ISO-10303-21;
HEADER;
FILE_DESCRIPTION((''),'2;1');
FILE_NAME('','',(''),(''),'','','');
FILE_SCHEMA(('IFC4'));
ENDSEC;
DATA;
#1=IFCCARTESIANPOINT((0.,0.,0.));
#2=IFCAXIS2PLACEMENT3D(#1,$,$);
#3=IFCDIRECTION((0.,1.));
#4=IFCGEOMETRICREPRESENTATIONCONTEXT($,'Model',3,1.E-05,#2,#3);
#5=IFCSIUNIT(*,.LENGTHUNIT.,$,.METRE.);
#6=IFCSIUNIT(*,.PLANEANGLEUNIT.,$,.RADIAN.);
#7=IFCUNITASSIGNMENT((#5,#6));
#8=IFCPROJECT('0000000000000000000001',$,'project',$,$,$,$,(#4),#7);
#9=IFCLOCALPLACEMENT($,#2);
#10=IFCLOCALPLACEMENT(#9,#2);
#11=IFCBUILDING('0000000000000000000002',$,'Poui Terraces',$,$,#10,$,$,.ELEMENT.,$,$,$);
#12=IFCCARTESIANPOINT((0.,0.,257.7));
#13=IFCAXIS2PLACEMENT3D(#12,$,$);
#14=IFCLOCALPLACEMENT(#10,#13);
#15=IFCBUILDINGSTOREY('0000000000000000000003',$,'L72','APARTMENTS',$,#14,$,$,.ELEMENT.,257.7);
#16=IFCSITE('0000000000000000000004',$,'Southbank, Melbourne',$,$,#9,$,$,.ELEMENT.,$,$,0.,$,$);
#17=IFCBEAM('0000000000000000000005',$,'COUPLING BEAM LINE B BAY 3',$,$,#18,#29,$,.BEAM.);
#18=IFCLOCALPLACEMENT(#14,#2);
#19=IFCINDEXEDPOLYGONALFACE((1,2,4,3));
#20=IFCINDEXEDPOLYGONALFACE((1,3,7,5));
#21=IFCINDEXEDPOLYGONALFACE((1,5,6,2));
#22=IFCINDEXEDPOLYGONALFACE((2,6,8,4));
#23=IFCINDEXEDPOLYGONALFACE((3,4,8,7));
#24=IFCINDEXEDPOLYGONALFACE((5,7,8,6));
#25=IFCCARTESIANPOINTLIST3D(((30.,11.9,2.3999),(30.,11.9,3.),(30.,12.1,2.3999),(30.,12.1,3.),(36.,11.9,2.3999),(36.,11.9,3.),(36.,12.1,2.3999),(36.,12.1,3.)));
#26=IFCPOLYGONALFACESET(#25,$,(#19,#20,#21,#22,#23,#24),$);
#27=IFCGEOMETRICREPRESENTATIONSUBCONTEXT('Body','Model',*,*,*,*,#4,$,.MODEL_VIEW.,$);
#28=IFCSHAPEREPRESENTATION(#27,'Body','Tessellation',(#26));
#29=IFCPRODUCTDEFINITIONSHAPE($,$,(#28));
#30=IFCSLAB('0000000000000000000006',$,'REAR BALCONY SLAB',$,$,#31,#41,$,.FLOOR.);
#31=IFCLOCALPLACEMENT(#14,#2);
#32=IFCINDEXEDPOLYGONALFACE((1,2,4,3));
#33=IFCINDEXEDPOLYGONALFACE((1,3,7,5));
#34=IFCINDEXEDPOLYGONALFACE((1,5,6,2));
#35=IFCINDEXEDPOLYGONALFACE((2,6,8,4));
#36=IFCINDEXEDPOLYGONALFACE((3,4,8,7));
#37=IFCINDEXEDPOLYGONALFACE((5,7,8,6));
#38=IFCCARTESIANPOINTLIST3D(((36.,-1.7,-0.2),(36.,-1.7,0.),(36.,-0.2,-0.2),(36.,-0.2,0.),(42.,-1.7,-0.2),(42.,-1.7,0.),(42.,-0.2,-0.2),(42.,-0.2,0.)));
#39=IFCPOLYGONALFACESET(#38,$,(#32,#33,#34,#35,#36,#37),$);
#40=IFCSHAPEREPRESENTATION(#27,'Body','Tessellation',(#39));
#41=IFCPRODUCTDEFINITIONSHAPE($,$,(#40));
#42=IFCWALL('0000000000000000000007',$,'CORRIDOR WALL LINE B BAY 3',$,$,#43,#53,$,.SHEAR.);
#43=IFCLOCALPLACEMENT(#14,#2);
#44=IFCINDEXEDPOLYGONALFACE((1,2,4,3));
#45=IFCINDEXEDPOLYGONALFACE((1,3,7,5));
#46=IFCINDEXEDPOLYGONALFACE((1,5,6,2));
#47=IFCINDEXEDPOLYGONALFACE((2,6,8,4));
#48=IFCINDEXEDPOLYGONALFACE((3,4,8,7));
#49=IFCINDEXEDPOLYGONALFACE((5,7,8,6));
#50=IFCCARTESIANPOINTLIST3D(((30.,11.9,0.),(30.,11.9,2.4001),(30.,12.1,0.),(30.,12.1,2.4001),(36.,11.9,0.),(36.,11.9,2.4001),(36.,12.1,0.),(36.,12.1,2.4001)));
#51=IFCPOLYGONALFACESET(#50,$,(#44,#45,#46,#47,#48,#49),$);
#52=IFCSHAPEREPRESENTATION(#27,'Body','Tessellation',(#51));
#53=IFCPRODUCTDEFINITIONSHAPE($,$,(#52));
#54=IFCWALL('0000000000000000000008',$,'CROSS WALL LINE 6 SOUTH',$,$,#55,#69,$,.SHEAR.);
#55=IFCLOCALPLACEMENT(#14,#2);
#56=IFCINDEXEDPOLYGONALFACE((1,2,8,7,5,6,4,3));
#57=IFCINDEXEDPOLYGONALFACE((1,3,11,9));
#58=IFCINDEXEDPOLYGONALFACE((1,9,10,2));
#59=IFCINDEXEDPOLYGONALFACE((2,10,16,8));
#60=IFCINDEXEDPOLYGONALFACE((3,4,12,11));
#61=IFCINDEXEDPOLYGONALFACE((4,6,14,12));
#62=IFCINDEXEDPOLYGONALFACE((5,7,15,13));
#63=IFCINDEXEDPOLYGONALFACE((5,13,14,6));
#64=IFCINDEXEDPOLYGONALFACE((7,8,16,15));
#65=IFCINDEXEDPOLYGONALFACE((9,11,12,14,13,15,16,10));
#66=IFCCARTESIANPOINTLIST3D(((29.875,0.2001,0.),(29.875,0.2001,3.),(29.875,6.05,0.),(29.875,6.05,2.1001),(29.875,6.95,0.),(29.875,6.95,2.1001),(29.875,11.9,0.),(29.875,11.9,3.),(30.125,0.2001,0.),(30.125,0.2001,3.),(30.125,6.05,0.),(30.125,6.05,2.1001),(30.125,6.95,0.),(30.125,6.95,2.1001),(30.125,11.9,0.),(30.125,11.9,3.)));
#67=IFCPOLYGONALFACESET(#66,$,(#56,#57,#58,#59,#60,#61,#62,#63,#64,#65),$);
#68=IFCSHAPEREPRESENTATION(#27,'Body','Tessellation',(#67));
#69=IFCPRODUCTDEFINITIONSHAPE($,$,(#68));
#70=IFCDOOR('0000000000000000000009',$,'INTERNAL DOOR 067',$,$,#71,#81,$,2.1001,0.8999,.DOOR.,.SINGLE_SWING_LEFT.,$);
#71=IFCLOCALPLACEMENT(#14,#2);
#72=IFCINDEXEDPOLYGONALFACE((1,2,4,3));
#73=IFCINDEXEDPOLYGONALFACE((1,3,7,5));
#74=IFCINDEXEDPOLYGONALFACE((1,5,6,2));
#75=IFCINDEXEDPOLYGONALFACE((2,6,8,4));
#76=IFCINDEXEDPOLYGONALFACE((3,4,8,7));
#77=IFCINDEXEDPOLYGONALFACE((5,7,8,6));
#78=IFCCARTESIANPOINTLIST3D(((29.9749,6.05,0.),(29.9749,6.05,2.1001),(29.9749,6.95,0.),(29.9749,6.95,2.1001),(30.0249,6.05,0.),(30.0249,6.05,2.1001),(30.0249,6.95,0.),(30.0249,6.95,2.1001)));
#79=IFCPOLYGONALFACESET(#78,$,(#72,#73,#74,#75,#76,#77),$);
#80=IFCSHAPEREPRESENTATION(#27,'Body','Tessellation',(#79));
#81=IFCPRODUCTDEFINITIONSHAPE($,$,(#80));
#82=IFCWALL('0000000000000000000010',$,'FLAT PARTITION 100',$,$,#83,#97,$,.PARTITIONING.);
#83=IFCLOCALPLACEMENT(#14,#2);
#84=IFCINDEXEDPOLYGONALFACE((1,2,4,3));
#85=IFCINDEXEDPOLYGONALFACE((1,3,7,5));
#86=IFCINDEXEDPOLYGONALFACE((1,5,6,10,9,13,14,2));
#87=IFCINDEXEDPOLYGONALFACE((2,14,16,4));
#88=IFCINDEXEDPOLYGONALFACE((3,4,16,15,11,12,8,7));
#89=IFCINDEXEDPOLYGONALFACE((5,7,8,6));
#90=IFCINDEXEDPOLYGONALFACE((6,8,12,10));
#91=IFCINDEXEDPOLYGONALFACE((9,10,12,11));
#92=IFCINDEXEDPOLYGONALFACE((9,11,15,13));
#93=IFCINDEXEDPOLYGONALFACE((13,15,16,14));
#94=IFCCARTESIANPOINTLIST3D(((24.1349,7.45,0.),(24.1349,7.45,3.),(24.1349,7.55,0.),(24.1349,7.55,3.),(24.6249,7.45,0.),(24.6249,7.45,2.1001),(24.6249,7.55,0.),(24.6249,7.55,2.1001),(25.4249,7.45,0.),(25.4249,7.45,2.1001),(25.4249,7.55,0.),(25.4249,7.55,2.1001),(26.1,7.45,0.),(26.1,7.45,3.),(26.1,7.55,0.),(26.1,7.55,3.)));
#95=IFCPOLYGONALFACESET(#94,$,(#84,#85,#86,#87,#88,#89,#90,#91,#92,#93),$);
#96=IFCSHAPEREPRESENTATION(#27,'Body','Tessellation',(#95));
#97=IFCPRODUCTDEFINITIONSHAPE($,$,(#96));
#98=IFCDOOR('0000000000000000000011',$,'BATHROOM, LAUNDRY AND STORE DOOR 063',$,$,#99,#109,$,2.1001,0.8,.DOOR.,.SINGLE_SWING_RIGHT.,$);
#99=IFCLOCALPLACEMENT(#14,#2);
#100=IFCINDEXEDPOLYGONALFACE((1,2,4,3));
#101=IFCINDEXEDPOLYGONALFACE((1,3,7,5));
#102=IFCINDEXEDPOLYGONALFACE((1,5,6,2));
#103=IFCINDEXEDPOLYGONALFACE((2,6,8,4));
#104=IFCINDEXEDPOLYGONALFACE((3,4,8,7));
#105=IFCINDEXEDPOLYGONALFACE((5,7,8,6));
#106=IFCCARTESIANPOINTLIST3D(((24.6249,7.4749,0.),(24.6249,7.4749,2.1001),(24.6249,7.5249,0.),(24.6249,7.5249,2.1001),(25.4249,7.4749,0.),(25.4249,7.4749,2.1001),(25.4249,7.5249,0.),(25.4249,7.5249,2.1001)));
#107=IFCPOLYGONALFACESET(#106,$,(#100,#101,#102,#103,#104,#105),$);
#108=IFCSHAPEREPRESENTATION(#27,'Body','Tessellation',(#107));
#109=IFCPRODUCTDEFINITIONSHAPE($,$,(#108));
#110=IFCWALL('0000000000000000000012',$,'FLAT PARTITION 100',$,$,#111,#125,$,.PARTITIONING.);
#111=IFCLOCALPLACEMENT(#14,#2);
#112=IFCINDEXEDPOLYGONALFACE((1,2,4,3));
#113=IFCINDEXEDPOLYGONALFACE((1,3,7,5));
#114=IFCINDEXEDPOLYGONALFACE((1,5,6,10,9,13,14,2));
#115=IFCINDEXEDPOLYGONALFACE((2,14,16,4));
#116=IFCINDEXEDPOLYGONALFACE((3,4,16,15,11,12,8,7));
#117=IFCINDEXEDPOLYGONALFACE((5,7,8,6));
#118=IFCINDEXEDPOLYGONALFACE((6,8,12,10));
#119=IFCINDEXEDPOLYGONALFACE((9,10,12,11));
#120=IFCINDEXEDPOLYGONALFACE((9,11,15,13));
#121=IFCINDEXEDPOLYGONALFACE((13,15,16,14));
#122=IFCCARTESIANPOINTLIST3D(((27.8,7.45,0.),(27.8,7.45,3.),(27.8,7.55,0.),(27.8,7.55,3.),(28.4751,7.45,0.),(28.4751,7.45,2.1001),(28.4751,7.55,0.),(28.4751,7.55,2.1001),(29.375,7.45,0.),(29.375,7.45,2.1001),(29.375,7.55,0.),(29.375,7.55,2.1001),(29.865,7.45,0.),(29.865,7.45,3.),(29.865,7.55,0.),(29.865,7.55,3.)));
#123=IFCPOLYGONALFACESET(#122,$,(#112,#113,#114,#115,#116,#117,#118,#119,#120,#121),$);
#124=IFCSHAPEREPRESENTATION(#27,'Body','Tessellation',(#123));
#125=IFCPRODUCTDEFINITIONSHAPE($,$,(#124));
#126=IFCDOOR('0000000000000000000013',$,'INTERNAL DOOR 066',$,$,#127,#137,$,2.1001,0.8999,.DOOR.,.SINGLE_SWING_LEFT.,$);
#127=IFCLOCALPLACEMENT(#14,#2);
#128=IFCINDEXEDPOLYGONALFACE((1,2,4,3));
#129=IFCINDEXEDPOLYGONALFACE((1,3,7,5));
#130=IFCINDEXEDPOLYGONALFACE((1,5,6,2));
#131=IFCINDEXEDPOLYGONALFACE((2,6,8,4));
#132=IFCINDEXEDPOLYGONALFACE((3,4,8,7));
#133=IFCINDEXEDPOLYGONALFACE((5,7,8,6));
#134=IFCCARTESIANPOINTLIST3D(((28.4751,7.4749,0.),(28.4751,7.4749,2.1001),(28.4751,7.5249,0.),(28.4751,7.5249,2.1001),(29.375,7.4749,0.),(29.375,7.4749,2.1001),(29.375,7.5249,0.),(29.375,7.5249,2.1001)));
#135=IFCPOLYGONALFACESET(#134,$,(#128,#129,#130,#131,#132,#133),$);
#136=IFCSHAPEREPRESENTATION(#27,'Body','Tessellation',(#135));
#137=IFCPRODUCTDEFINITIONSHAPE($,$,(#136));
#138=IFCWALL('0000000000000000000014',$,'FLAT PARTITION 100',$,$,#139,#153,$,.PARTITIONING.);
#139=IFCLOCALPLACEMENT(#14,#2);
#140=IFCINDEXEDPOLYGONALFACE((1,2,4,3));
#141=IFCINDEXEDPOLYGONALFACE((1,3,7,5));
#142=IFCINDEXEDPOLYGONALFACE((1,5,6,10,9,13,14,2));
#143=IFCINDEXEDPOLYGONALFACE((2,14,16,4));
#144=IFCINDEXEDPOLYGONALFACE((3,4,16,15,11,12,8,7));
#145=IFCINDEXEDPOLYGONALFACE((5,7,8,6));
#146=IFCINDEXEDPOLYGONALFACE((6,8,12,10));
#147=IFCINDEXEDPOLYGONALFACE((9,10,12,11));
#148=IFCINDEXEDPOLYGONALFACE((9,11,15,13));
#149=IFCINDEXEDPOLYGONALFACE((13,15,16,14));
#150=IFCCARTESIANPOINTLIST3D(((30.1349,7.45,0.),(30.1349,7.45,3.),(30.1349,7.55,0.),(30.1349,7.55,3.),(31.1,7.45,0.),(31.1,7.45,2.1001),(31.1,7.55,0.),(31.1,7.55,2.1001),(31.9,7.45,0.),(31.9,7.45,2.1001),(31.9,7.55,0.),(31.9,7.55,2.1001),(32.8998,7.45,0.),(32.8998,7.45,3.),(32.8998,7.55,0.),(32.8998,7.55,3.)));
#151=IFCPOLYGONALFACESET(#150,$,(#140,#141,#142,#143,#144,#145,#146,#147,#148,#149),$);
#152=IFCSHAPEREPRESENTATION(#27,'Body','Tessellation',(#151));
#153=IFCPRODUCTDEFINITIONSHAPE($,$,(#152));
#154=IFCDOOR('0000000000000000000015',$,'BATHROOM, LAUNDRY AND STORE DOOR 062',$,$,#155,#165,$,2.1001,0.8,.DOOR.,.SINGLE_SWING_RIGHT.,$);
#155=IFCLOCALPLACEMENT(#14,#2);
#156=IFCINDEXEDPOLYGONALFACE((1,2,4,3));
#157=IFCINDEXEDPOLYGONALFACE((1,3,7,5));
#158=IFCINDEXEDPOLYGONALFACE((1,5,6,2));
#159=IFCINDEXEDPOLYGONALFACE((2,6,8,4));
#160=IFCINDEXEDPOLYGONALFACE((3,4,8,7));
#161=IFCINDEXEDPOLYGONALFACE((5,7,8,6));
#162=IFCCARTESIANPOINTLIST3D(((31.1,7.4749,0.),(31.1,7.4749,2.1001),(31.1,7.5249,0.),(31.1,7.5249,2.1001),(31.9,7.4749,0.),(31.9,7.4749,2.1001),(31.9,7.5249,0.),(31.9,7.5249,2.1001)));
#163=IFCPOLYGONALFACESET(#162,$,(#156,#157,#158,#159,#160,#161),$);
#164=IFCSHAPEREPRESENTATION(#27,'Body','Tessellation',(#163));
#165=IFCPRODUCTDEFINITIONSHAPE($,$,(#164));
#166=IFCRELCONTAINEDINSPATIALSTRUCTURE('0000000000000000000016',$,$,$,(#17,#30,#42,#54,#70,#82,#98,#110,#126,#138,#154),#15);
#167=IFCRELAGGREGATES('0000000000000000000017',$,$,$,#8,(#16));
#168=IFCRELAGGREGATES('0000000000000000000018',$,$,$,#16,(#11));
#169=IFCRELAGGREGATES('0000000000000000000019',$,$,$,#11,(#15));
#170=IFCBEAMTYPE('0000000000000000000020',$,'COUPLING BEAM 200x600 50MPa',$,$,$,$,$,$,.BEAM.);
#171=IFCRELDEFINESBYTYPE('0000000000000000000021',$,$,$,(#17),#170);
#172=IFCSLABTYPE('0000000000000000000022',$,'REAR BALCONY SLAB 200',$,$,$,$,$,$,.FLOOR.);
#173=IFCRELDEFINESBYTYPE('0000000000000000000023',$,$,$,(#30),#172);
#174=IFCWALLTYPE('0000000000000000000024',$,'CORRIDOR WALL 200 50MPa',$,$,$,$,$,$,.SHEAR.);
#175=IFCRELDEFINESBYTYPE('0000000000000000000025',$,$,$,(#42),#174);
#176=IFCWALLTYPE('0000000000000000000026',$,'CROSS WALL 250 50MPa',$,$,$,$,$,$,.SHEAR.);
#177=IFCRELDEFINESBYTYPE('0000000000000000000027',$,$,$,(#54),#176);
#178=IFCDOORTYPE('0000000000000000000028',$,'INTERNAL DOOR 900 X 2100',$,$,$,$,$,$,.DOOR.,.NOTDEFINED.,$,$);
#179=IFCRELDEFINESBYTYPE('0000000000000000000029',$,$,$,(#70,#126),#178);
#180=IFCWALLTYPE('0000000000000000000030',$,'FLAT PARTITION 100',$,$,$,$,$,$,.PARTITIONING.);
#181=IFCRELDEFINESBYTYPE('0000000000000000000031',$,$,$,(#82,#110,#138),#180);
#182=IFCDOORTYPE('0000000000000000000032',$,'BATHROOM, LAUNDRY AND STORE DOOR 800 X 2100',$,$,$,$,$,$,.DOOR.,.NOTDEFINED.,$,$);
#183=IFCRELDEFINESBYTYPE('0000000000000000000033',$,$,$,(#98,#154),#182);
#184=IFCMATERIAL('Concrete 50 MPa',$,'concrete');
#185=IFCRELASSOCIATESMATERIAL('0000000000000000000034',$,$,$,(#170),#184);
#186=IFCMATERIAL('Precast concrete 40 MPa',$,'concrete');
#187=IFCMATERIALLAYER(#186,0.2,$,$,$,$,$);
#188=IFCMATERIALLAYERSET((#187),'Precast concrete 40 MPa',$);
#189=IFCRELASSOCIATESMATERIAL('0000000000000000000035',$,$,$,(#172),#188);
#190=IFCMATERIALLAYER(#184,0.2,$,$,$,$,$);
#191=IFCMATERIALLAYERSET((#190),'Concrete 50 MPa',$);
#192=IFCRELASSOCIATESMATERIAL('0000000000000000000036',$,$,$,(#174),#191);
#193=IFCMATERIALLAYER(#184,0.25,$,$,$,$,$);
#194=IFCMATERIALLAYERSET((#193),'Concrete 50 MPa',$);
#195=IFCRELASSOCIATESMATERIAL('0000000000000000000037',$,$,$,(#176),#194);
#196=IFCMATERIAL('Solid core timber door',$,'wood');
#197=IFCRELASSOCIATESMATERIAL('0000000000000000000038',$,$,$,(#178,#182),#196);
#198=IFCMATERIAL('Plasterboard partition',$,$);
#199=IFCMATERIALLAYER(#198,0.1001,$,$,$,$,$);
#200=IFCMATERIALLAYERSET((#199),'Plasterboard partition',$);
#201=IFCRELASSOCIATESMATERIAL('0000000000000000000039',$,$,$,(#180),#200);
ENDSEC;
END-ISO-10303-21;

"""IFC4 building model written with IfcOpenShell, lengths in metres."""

from ifc_helpers import new_model, si_unit, direction, frame, frame_2d, origin, origin_2d, place, context, subcontext, project, spatial, polyline, rectangle, outline, extrude, source, transform, mapped, material, layer, layer_set, material_profile, profile_set, type_object, element, fill, save


model = new_model("IFC4")

# Units and contexts
model_context = context("Model", 3, precision=1e-05, world=origin(), true_north=direction((0.0, 1.0)))
body_context = subcontext(model_context, "Body", "Model", "MODEL_VIEW")
ifc_project = project(units=[si_unit("LENGTHUNIT", "METRE"), si_unit("PLANEANGLEUNIT", "RADIAN")], contexts=[model_context])

# Site, building, storey
site_placement = place(None, origin())
site = spatial("IfcSite", under=ifc_project, at=site_placement, Name="Southbank, Melbourne", CompositionType="ELEMENT", RefElevation=0.0)
building_placement = place(site_placement, origin())
building = spatial("IfcBuilding", under=site, at=building_placement, Name="Poui Terraces", CompositionType="ELEMENT")
storey_placement = place(building_placement, frame((0.0, 0.0, 257.7)))
storey = spatial("IfcBuildingStorey", under=building, at=storey_placement, Name="L72", Description="APARTMENTS", CompositionType="ELEMENT", Elevation=257.7)

# Beam
ifc_material_1 = material(Name="Concrete 50 MPa", Category="concrete")
ifc_material_profile_1 = material_profile(ifc_material_1, rectangle(XDim=0.2, YDim=0.6001, at=origin_2d()), Name="RC 200x600")
ifc_profile_set_1 = profile_set([ifc_material_profile_1], Name="Concrete 50 MPa")
beam_type = type_object("IfcBeamType", Name="COUPLING BEAM 200x600 50MPa", PredefinedType="BEAM", material=ifc_profile_set_1)
shared_shape_1 = source(origin(), body_context, "Body", "SweptSolid", [
    extrude(rectangle(XDim=0.2, YDim=0.6001, at=origin_2d()), origin(), (0.0, 0.0, 1.0), 6.0),
])
beam_placement = place(storey_placement, frame((30.0, 12.0, 2.7), z_axis=(1.0, 0.0, 0.0), x_axis=(0.0, 1.0, 0.0)))
element("IfcBeam", 1, at=beam_placement, inside=storey, type_object=beam_type, Name="COUPLING BEAM LINE B BAY 3", PredefinedType="BEAM", context=body_context, shape_type="MappedRepresentation", body=[
    mapped(shared_shape_1, transform((0.0, 0.0, 0.0))),
])

# Slab
ifc_material_2 = material(Name="Precast concrete 40 MPa", Category="concrete")
ifc_layer_1 = layer(ifc_material_2, 0.2)
ifc_layer_set_1 = layer_set([ifc_layer_1], Name="Precast concrete 40 MPa")
slab_type = type_object("IfcSlabType", Name="REAR BALCONY SLAB 200", PredefinedType="FLOOR", material=ifc_layer_set_1)
shared_shape_2 = source(origin(), body_context, "Body", "SweptSolid", [
    extrude(outline(polyline([(0.0, 0.0), (6.0, 0.0), (6.0, 1.5), (0.0, 1.5), (0.0, 0.0)])), origin(), (0.0, 0.0, 1.0), 0.2),
])
slab_placement = place(storey_placement, frame((36.0, -1.7, -0.2)))
element("IfcSlab", 2, at=slab_placement, inside=storey, type_object=slab_type, Name="REAR BALCONY SLAB", PredefinedType="FLOOR", context=body_context, shape_type="MappedRepresentation", body=[
    mapped(shared_shape_2, transform((0.0, 0.0, 0.0))),
])

# Wall
ifc_layer_2 = layer(ifc_material_1, 0.2)
ifc_layer_set_2 = layer_set([ifc_layer_2], Name="Concrete 50 MPa")
wall_type_1 = type_object("IfcWallType", Name="CORRIDOR WALL 200 50MPa", PredefinedType="SHEAR", material=ifc_layer_set_2)
wall_1_placement = place(storey_placement, frame((30.0, 12.0, 0.0), z_axis=(0.0, 0.0, 1.0), x_axis=(1.0, 0.0, 0.0)))
element("IfcWall", 3, at=wall_1_placement, inside=storey, type_object=wall_type_1, Name="CORRIDOR WALL LINE B BAY 3", PredefinedType="SHEAR", context=body_context, shape_type="SweptSolid", body=[
    extrude(rectangle(XDim=6.0, YDim=0.2, at=frame_2d((3.0, 0.0))), origin(), (0.0, 0.0, 1.0), 2.4001),
])

# Walls, openings, doors
ifc_layer_3 = layer(ifc_material_1, 0.25)
ifc_layer_set_3 = layer_set([ifc_layer_3], Name="Concrete 50 MPa")
wall_type_2 = type_object("IfcWallType", Name="CROSS WALL 250 50MPa", PredefinedType="SHEAR", material=ifc_layer_set_3)
wall_2_placement = place(storey_placement, frame((30.0, 0.2, 0.0), z_axis=(0.0, 0.0, 1.0), x_axis=(0.0, 1.0, 0.0)))
wall_2 = element("IfcWall", 4, at=wall_2_placement, inside=storey, type_object=wall_type_2, Name="CROSS WALL LINE 6 SOUTH", PredefinedType="SHEAR", context=body_context, shape_type="SweptSolid", body=[
    extrude(rectangle(XDim=11.7, YDim=0.25, at=frame_2d((5.8501, 0.0))), origin(), (0.0, 0.0, 1.0), 3.0),
])
opening_1_placement = place(wall_2_placement, frame((5.8501, 0.0, 0.0)))
opening_1 = element("IfcOpeningElement", 5, at=opening_1_placement, cuts=wall_2, PredefinedType="OPENING", context=body_context, shape_type="SweptSolid", body=[
    extrude(rectangle(XDim=0.8999, YDim=2.1001, at=frame_2d((0.45, 1.05))), frame((0.0, 0.135, 0.0), z_axis=(0.0, -1.0, 0.0), x_axis=(1.0, 0.0, 0.0)), (0.0, 0.0, 1.0), 0.27),
])
ifc_material_3 = material(Name="Solid core timber door", Category="wood")
door_type_1 = type_object("IfcDoorType", Name="INTERNAL DOOR 900 X 2100", OperationType="NOTDEFINED", PredefinedType="DOOR", material=ifc_material_3)
door_1_placement = place(opening_1_placement, frame((0.8999, 0.0, 0.0), z_axis=(0.0, 0.0, 1.0), x_axis=(-1.0, 0.0, 0.0)))
door_1 = element("IfcDoor", 6, at=door_1_placement, inside=storey, type_object=door_type_1, Name="INTERNAL DOOR 067", OperationType="SINGLE_SWING_LEFT", OverallHeight=2.1001, OverallWidth=0.8999, PredefinedType="DOOR", context=body_context, shape_type="SweptSolid", body=[
    extrude(rectangle(XDim=0.8999, YDim=2.1001, at=frame_2d((0.45, 1.05))), frame((0.0, 0.0249, 0.0), z_axis=(0.0, -1.0, 0.0), x_axis=(1.0, 0.0, 0.0)), (0.0, 0.0, 1.0), 0.05),
])
fill(opening_1, door_1)
ifc_material_4 = material(Name="Plasterboard partition")
ifc_layer_4 = layer(ifc_material_4, 0.1001)
ifc_layer_set_4 = layer_set([ifc_layer_4], Name="Plasterboard partition")
wall_type_3 = type_object("IfcWallType", Name="FLAT PARTITION 100", PredefinedType="PARTITIONING", material=ifc_layer_set_4)
wall_3_placement = place(storey_placement, frame((24.135, 7.5, 0.0), z_axis=(0.0, 0.0, 1.0), x_axis=(1.0, 0.0, 0.0)))
wall_3 = element("IfcWall", 7, at=wall_3_placement, inside=storey, type_object=wall_type_3, Name="FLAT PARTITION 100", PredefinedType="PARTITIONING", context=body_context, shape_type="SweptSolid", body=[
    extrude(rectangle(XDim=1.9651, YDim=0.1001, at=frame_2d((0.9824, 0.0))), origin(), (0.0, 0.0, 1.0), 3.0),
])
opening_2_placement = place(wall_3_placement, frame((0.49, 0.0, 0.0)))
opening_2 = element("IfcOpeningElement", 8, at=opening_2_placement, cuts=wall_3, PredefinedType="OPENING", context=body_context, shape_type="SweptSolid", body=[
    extrude(rectangle(XDim=0.8, YDim=2.1001, at=frame_2d((0.3999, 1.05))), frame((0.0, 0.0601, 0.0), z_axis=(0.0, -1.0, 0.0), x_axis=(1.0, 0.0, 0.0)), (0.0, 0.0, 1.0), 0.1201),
])
door_type_2 = type_object("IfcDoorType", Name="BATHROOM, LAUNDRY AND STORE DOOR 800 X 2100", OperationType="NOTDEFINED", PredefinedType="DOOR", material=ifc_material_3)
door_2_placement = place(opening_2_placement, origin())
door_2 = element("IfcDoor", 9, at=door_2_placement, inside=storey, type_object=door_type_2, Name="BATHROOM, LAUNDRY AND STORE DOOR 063", OperationType="SINGLE_SWING_RIGHT", OverallHeight=2.1001, OverallWidth=0.8, PredefinedType="DOOR", context=body_context, shape_type="SweptSolid", body=[
    extrude(rectangle(XDim=0.8, YDim=2.1001, at=frame_2d((0.3999, 1.05))), frame((0.0, 0.0249, 0.0), z_axis=(0.0, -1.0, 0.0), x_axis=(1.0, 0.0, 0.0)), (0.0, 0.0, 1.0), 0.05),
])
fill(opening_2, door_2)
wall_4_placement = place(storey_placement, frame((27.8, 7.5, 0.0), z_axis=(0.0, 0.0, 1.0), x_axis=(1.0, 0.0, 0.0)))
wall_4 = element("IfcWall", 10, at=wall_4_placement, inside=storey, type_object=wall_type_3, Name="FLAT PARTITION 100", PredefinedType="PARTITIONING", context=body_context, shape_type="SweptSolid", body=[
    extrude(rectangle(XDim=2.0649, YDim=0.1001, at=frame_2d((1.0325, 0.0))), origin(), (0.0, 0.0, 1.0), 3.0),
])
opening_3_placement = place(wall_4_placement, frame((0.675, 0.0, 0.0)))
opening_3 = element("IfcOpeningElement", 11, at=opening_3_placement, cuts=wall_4, PredefinedType="OPENING", context=body_context, shape_type="SweptSolid", body=[
    extrude(rectangle(XDim=0.8999, YDim=2.1001, at=frame_2d((0.45, 1.05))), frame((0.0, 0.0601, 0.0), z_axis=(0.0, -1.0, 0.0), x_axis=(1.0, 0.0, 0.0)), (0.0, 0.0, 1.0), 0.1201),
])
door_3_placement = place(opening_3_placement, origin())
door_3 = element("IfcDoor", 12, at=door_3_placement, inside=storey, type_object=door_type_1, Name="INTERNAL DOOR 066", OperationType="SINGLE_SWING_LEFT", OverallHeight=2.1001, OverallWidth=0.8999, PredefinedType="DOOR", context=body_context, shape_type="SweptSolid", body=[
    extrude(rectangle(XDim=0.8999, YDim=2.1001, at=frame_2d((0.45, 1.05))), frame((0.0, 0.0249, 0.0), z_axis=(0.0, -1.0, 0.0), x_axis=(1.0, 0.0, 0.0)), (0.0, 0.0, 1.0), 0.05),
])
fill(opening_3, door_3)
wall_5_placement = place(storey_placement, frame((30.135, 7.5, 0.0), z_axis=(0.0, 0.0, 1.0), x_axis=(1.0, 0.0, 0.0)))
wall_5 = element("IfcWall", 13, at=wall_5_placement, inside=storey, type_object=wall_type_3, Name="FLAT PARTITION 100", PredefinedType="PARTITIONING", context=body_context, shape_type="SweptSolid", body=[
    extrude(rectangle(XDim=2.7649, YDim=0.1001, at=frame_2d((1.3823, 0.0))), origin(), (0.0, 0.0, 1.0), 3.0),
])
opening_4_placement = place(wall_5_placement, frame((0.9651, 0.0, 0.0)))
opening_4 = element("IfcOpeningElement", 14, at=opening_4_placement, cuts=wall_5, PredefinedType="OPENING", context=body_context, shape_type="SweptSolid", body=[
    extrude(rectangle(XDim=0.8, YDim=2.1001, at=frame_2d((0.3999, 1.05))), frame((0.0, 0.0601, 0.0), z_axis=(0.0, -1.0, 0.0), x_axis=(1.0, 0.0, 0.0)), (0.0, 0.0, 1.0), 0.1201),
])
door_4_placement = place(opening_4_placement, origin())
door_4 = element("IfcDoor", 15, at=door_4_placement, inside=storey, type_object=door_type_2, Name="BATHROOM, LAUNDRY AND STORE DOOR 062", OperationType="SINGLE_SWING_RIGHT", OverallHeight=2.1001, OverallWidth=0.8, PredefinedType="DOOR", context=body_context, shape_type="SweptSolid", body=[
    extrude(rectangle(XDim=0.8, YDim=2.1001, at=frame_2d((0.3999, 1.05))), frame((0.0, 0.0249, 0.0), z_axis=(0.0, -1.0, 0.0), x_axis=(1.0, 0.0, 0.0)), (0.0, 0.0, 1.0), 0.05),
])
fill(opening_4, door_4)

save(model, "model.ifc")
